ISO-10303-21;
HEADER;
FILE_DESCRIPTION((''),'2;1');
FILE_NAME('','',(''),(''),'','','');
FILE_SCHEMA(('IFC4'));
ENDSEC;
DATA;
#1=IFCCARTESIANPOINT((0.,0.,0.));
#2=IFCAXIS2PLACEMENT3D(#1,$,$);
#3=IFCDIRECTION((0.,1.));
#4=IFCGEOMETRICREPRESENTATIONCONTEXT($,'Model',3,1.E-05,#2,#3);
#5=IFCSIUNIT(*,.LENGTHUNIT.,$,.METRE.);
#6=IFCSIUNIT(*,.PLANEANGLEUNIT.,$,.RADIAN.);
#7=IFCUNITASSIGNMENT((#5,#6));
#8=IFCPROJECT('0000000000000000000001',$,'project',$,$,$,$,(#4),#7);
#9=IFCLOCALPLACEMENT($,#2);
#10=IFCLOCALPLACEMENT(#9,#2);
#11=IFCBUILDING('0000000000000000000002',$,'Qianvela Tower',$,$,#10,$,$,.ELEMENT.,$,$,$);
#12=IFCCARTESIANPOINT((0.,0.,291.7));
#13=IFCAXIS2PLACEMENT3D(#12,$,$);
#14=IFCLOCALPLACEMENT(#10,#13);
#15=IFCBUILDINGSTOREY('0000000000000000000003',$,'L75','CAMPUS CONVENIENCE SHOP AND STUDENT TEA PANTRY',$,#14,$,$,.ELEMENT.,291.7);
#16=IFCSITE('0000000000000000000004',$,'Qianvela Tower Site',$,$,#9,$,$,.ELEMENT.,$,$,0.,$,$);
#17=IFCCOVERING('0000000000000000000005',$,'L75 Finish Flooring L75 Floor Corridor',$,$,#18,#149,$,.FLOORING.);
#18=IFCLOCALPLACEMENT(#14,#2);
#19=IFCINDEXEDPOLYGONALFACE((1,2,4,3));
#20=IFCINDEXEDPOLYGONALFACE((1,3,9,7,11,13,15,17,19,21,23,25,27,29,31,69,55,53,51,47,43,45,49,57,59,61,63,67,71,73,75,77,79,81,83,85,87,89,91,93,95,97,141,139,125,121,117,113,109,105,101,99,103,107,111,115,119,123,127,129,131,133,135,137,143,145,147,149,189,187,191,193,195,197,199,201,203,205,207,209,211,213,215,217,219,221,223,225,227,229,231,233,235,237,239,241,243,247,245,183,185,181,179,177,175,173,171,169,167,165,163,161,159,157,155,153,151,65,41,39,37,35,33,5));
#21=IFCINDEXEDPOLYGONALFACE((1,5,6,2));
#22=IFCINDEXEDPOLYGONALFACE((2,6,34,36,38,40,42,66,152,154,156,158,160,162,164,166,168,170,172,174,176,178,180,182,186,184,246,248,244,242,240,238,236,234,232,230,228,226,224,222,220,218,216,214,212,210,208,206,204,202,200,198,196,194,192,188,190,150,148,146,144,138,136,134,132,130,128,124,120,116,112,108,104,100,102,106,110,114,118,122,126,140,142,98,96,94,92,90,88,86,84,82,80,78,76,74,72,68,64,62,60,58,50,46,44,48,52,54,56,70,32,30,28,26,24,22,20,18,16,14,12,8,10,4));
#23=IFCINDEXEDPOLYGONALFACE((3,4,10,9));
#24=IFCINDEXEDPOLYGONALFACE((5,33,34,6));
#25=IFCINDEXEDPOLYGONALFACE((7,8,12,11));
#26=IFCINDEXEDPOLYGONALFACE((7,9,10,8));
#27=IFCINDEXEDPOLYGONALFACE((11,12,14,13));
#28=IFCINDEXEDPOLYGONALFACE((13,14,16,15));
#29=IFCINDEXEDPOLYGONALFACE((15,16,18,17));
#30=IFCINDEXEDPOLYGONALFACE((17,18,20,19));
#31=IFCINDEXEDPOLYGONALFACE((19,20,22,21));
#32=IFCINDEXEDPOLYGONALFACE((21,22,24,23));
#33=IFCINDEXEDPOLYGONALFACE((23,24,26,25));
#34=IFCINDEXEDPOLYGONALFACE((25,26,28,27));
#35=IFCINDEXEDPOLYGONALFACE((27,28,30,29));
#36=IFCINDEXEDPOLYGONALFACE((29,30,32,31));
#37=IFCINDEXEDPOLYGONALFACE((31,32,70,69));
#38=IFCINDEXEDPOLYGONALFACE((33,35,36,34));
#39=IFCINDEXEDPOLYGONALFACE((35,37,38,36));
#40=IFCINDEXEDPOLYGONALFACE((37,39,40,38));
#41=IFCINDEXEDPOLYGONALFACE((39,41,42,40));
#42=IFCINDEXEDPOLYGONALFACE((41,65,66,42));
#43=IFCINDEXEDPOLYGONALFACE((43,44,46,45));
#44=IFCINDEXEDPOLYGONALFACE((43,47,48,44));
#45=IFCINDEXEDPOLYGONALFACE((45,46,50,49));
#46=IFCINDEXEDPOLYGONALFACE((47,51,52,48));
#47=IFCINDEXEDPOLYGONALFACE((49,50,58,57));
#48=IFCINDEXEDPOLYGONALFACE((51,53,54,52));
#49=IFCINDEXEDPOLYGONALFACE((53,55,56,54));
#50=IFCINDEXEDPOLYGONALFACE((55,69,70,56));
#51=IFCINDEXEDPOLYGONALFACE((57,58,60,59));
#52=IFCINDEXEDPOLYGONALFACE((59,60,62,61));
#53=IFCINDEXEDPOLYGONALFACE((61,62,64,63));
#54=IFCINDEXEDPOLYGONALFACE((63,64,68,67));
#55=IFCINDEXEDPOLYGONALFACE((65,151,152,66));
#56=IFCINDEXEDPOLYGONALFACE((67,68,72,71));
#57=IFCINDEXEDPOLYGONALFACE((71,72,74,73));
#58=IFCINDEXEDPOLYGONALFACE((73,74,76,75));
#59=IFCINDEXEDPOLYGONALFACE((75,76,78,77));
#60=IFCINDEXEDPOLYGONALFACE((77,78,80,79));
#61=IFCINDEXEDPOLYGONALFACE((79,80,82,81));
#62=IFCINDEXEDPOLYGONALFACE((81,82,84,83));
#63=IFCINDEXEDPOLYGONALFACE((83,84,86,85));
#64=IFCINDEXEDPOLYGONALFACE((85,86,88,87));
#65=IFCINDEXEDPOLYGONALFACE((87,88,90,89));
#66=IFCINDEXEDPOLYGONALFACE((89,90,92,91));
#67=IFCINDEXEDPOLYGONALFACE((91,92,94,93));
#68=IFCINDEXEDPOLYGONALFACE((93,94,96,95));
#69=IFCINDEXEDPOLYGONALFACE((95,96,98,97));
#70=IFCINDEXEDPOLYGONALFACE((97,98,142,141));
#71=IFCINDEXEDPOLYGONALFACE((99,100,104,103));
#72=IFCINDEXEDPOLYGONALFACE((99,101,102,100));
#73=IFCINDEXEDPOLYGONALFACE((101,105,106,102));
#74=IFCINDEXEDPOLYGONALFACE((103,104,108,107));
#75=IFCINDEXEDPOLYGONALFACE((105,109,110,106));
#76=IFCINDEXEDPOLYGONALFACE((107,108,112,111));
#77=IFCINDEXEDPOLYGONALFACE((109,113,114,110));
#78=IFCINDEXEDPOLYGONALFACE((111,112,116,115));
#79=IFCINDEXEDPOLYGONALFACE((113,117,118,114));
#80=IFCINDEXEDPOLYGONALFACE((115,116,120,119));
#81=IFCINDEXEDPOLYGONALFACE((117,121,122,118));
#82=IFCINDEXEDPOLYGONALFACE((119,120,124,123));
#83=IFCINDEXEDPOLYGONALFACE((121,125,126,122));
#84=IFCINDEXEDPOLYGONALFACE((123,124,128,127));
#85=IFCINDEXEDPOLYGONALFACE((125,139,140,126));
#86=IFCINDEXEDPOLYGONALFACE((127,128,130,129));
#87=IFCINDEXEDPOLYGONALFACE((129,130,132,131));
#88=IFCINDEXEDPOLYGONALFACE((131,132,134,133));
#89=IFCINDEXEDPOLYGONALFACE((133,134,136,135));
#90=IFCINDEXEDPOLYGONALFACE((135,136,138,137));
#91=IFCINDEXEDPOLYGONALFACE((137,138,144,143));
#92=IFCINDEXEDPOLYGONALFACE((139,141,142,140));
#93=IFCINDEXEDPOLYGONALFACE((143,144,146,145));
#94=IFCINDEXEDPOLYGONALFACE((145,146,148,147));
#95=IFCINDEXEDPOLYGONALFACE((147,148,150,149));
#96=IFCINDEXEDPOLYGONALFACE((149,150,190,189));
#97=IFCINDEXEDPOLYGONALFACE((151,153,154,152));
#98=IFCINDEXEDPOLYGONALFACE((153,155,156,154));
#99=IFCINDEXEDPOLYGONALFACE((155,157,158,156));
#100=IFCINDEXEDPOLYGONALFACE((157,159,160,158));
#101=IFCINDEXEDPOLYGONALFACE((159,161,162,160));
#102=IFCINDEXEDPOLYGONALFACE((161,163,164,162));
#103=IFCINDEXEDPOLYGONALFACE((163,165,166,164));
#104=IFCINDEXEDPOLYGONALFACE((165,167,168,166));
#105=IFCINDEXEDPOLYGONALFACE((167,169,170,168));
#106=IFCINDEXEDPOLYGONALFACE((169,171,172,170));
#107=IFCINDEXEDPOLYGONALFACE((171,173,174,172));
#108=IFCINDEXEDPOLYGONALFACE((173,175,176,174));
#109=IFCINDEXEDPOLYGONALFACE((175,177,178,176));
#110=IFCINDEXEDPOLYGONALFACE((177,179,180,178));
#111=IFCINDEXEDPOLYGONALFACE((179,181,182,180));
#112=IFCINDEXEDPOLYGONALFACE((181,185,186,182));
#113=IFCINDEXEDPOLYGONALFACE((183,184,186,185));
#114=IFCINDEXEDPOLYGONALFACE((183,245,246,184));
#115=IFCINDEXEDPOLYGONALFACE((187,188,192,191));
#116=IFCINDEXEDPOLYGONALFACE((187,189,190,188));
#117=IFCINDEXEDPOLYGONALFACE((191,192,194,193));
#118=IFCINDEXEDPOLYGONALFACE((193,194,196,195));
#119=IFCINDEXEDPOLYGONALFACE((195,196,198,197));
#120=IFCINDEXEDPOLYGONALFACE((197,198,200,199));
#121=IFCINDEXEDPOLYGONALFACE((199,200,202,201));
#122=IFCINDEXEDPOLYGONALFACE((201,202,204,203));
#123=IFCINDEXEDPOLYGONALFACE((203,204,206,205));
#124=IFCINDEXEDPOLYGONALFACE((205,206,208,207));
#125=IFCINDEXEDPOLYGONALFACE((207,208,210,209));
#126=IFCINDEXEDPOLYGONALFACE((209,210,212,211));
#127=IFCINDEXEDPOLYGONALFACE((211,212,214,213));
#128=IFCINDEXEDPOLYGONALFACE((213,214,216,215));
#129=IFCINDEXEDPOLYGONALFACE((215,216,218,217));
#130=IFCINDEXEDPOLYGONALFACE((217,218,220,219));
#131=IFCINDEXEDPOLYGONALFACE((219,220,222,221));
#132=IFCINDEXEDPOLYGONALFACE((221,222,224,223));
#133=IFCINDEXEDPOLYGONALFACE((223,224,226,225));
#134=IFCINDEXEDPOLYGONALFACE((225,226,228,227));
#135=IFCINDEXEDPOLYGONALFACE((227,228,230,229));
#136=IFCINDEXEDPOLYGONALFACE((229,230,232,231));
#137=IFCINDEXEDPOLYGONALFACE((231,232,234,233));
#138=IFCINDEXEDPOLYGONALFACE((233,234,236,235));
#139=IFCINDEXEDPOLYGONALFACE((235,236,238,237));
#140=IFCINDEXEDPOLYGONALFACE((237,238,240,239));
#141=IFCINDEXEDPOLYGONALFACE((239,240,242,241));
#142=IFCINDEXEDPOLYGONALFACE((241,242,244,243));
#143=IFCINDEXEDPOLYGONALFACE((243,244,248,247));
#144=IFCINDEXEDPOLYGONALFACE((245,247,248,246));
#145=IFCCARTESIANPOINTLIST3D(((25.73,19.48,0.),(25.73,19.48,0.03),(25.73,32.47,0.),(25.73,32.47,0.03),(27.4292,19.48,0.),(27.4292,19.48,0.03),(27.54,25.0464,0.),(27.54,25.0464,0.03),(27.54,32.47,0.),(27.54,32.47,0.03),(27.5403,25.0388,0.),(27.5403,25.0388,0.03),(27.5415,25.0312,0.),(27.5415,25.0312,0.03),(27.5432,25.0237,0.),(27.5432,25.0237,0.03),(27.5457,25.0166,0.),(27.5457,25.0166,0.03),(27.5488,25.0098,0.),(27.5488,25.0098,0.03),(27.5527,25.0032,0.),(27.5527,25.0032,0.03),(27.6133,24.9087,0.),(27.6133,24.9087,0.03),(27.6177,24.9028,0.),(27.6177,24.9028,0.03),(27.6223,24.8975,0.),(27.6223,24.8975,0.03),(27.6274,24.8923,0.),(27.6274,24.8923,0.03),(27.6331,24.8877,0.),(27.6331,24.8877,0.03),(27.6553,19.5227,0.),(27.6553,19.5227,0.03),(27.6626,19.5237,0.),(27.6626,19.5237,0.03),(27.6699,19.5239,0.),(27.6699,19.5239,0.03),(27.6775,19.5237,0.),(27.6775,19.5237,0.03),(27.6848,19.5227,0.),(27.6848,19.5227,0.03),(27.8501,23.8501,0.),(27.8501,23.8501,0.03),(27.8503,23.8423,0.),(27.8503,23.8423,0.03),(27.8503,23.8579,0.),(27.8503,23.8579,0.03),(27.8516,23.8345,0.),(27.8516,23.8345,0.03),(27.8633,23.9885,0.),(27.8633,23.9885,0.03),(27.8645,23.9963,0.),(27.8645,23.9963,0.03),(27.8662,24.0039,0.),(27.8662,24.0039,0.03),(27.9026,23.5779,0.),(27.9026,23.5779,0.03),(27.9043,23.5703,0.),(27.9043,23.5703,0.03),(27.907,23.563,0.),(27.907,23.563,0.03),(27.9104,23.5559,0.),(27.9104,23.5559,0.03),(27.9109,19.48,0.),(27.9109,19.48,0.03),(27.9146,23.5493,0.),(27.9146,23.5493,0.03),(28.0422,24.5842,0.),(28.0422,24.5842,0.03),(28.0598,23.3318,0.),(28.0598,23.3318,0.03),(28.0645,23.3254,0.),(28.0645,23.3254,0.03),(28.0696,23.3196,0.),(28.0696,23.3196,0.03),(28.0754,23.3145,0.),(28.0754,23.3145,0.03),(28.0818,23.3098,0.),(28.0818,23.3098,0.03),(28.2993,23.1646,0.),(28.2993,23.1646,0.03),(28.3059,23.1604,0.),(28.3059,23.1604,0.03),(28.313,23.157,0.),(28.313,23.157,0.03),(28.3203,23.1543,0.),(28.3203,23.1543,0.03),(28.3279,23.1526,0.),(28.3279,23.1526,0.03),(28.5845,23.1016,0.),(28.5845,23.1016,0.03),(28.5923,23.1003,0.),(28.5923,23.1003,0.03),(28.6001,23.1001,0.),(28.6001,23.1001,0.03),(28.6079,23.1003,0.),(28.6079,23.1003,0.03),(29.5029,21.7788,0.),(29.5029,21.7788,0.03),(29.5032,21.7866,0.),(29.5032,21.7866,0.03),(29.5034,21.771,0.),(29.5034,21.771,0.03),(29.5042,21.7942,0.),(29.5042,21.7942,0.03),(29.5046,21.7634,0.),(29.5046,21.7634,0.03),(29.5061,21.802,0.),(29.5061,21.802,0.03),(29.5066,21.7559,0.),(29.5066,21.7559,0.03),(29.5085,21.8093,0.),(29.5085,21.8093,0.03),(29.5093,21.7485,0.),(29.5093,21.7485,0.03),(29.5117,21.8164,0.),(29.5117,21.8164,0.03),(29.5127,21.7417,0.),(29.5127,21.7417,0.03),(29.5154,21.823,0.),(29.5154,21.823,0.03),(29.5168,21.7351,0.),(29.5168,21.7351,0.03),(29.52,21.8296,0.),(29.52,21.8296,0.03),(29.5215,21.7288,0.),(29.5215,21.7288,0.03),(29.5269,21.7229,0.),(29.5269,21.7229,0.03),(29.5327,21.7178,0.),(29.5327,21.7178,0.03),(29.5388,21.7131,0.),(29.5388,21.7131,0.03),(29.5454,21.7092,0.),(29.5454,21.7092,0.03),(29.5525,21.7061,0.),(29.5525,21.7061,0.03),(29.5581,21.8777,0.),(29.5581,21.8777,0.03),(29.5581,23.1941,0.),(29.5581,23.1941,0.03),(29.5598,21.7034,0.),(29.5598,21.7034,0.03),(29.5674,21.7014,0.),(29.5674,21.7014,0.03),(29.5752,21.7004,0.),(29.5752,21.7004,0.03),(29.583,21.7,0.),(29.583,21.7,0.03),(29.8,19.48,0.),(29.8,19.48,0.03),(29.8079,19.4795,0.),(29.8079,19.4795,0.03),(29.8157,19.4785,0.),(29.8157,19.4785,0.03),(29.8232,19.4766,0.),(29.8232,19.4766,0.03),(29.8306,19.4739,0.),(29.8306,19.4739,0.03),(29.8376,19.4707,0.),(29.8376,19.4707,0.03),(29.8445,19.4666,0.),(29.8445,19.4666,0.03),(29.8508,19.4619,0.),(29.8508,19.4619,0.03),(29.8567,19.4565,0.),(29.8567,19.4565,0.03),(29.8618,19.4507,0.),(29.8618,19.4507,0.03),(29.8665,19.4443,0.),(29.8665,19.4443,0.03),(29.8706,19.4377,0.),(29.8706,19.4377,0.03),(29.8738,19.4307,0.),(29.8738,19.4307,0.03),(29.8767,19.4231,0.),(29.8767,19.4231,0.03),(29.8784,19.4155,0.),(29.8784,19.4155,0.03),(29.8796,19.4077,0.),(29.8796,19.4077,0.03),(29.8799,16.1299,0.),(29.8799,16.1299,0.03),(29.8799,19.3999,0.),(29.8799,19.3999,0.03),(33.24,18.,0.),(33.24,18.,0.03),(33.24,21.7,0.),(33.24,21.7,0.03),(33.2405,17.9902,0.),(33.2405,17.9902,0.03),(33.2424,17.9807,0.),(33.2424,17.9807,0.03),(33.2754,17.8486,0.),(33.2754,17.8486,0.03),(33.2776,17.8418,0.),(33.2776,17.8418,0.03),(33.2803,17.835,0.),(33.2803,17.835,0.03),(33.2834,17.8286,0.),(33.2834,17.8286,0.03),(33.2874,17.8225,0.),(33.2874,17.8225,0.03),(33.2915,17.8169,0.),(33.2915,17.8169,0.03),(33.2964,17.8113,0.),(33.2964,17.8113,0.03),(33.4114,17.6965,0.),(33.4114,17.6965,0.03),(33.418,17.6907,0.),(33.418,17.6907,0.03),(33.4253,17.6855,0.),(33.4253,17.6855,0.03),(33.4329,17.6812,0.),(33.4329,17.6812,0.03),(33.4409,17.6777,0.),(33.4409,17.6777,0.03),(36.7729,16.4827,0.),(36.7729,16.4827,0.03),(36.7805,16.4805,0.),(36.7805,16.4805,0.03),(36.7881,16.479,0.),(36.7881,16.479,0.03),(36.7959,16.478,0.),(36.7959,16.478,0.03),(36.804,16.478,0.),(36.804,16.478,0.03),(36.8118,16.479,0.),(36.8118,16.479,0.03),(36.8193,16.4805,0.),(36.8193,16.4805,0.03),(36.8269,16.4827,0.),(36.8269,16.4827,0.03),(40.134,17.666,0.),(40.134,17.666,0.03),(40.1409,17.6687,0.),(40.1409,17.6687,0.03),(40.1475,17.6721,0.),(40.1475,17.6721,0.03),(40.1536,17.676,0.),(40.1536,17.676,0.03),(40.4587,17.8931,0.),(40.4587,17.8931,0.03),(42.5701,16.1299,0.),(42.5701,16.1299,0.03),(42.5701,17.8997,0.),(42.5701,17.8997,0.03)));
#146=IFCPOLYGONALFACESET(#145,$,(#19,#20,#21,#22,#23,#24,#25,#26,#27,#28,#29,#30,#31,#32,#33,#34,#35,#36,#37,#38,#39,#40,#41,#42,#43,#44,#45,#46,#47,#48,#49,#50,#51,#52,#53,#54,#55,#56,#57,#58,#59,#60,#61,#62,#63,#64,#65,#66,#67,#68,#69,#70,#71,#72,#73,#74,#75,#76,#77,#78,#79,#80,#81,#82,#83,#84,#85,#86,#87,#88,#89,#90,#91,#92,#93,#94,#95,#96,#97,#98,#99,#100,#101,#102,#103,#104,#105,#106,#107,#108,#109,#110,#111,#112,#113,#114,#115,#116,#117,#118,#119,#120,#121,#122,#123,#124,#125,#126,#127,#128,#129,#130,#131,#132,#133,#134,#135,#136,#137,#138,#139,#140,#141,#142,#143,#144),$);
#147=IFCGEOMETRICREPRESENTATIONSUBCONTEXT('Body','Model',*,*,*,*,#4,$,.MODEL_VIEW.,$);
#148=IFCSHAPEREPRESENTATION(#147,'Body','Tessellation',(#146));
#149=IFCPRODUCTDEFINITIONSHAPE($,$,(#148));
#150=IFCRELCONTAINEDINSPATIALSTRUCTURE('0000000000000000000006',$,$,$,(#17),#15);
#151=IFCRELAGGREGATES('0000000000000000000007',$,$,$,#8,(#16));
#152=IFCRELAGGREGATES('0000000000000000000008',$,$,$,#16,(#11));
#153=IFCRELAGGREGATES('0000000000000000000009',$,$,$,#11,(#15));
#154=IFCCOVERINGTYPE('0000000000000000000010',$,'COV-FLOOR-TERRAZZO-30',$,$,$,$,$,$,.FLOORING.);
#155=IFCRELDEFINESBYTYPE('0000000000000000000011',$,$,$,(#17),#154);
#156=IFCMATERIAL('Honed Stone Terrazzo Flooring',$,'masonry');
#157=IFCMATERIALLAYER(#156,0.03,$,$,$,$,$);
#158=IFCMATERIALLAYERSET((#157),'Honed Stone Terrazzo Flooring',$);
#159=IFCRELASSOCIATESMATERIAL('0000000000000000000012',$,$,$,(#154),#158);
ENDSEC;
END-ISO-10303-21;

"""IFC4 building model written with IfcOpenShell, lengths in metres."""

from ifc_helpers import new_model, si_unit, direction, frame, origin, place, context, subcontext, project, spatial, polyline, outline, extrude, material, layer, layer_set, type_object, element, save


model = new_model("IFC4")

# Units and contexts
model_context = context("Model", 3, precision=1e-05, world=origin(), true_north=direction((0.0, 1.0)))
body_context = subcontext(model_context, "Body", "Model", "MODEL_VIEW")
ifc_project = project(units=[si_unit("LENGTHUNIT", "METRE"), si_unit("PLANEANGLEUNIT", "RADIAN")], contexts=[model_context])

# Site, building, storey
site_placement = place(None, origin())
site = spatial("IfcSite", under=ifc_project, at=site_placement, Name="Qianvela Tower Site", CompositionType="ELEMENT", RefElevation=0.0)
building_placement = place(site_placement, origin())
building = spatial("IfcBuilding", under=site, at=building_placement, Name="Qianvela Tower", CompositionType="ELEMENT")
storey_placement = place(building_placement, frame((0.0, 0.0, 291.7)))
storey = spatial("IfcBuildingStorey", under=building, at=storey_placement, Name="L75", Description="CAMPUS CONVENIENCE SHOP AND STUDENT TEA PANTRY", CompositionType="ELEMENT", Elevation=291.7)

# Covering
ifc_material_1 = material(Name="Honed Stone Terrazzo Flooring", Category="masonry")
ifc_layer_1 = layer(ifc_material_1, 0.03)
ifc_layer_set_1 = layer_set([ifc_layer_1], Name="Honed Stone Terrazzo Flooring")
covering_type_1 = type_object("IfcCoveringType", Name="COV-FLOOR-TERRAZZO-30", PredefinedType="FLOORING", material=ifc_layer_set_1)
covering_1_placement = place(storey_placement, origin())
element("IfcCovering", 1, at=covering_1_placement, inside=storey, type_object=covering_type_1, Name="L75 Finish Flooring L75 Floor Corridor", PredefinedType="FLOORING", context=body_context, shape_type="SweptSolid", body=[
    extrude(outline(polyline([(27.8503, 23.8579), (27.8501, 23.8501), (27.8503, 23.8423), (27.8516, 23.8345), (27.9026, 23.5779), (27.9043, 23.5703), (27.907, 23.563), (27.9104, 23.5559), (27.9146, 23.5493), (28.0598, 23.3318), (28.0645, 23.3254), (28.0696, 23.3196), (28.0754, 23.3145), (28.0818, 23.3098), (28.2993, 23.1646), (28.3059, 23.1604), (28.313, 23.157), (28.3203, 23.1543), (28.3279, 23.1526), (28.5845, 23.1016), (28.5923, 23.1003), (28.6001, 23.1001), (28.6079, 23.1003), (29.5581, 23.1941), (29.5581, 21.8777), (29.52, 21.8296), (29.5154, 21.823), (29.5117, 21.8164), (29.5085, 21.8093), (29.5061, 21.802), (29.5042, 21.7942), (29.5032, 21.7866), (29.5029, 21.7788), (29.5034, 21.771), (29.5046, 21.7634), (29.5066, 21.7559), (29.5093, 21.7485), (29.5127, 21.7417), (29.5168, 21.7351), (29.5215, 21.7288), (29.5269, 21.7229), (29.5327, 21.7178), (29.5388, 21.7131), (29.5454, 21.7092), (29.5525, 21.7061), (29.5598, 21.7034), (29.5674, 21.7014), (29.5752, 21.7004), (29.583, 21.7), (33.24, 21.7), (33.24, 18.0), (33.2405, 17.9902), (33.2424, 17.9807), (33.2754, 17.8486), (33.2776, 17.8418), (33.2803, 17.835), (33.2834, 17.8286), (33.2874, 17.8225), (33.2915, 17.8169), (33.2964, 17.8113), (33.4114, 17.6965), (33.418, 17.6907), (33.4253, 17.6855), (33.4329, 17.6812), (33.4409, 17.6777), (36.7729, 16.4827), (36.7805, 16.4805), (36.7881, 16.479), (36.7959, 16.478), (36.804, 16.478), (36.8118, 16.479), (36.8193, 16.4805), (36.8269, 16.4827), (40.134, 17.666), (40.1409, 17.6687), (40.1475, 17.6721), (40.1536, 17.676), (40.4587, 17.8931), (42.5701, 17.8997), (42.5701, 16.1299), (29.8799, 16.1299), (29.8799, 19.3999), (29.8796, 19.4077), (29.8784, 19.4155), (29.8767, 19.4231), (29.8738, 19.4307), (29.8706, 19.4377), (29.8665, 19.4443), (29.8618, 19.4507), (29.8567, 19.4565), (29.8508, 19.4619), (29.8445, 19.4666), (29.8376, 19.4707), (29.8306, 19.4739), (29.8232, 19.4766), (29.8157, 19.4785), (29.8079, 19.4795), (29.8, 19.48), (27.9109, 19.48), (27.6848, 19.5227), (27.6775, 19.5237), (27.6699, 19.5239), (27.6626, 19.5237), (27.6553, 19.5227), (27.4292, 19.48), (25.73, 19.48), (25.73, 32.47), (27.54, 32.47), (27.54, 25.0464), (27.5403, 25.0388), (27.5415, 25.0312), (27.5432, 25.0237), (27.5457, 25.0166), (27.5488, 25.0098), (27.5527, 25.0032), (27.6133, 24.9087), (27.6177, 24.9028), (27.6223, 24.8975), (27.6274, 24.8923), (27.6331, 24.8877), (28.0422, 24.5842), (27.8662, 24.0039), (27.8645, 23.9963), (27.8633, 23.9885), (27.8503, 23.8579)])), origin(), (0.0, 0.0, 1.0), 0.03),
])

save(model, "model.ifc")
